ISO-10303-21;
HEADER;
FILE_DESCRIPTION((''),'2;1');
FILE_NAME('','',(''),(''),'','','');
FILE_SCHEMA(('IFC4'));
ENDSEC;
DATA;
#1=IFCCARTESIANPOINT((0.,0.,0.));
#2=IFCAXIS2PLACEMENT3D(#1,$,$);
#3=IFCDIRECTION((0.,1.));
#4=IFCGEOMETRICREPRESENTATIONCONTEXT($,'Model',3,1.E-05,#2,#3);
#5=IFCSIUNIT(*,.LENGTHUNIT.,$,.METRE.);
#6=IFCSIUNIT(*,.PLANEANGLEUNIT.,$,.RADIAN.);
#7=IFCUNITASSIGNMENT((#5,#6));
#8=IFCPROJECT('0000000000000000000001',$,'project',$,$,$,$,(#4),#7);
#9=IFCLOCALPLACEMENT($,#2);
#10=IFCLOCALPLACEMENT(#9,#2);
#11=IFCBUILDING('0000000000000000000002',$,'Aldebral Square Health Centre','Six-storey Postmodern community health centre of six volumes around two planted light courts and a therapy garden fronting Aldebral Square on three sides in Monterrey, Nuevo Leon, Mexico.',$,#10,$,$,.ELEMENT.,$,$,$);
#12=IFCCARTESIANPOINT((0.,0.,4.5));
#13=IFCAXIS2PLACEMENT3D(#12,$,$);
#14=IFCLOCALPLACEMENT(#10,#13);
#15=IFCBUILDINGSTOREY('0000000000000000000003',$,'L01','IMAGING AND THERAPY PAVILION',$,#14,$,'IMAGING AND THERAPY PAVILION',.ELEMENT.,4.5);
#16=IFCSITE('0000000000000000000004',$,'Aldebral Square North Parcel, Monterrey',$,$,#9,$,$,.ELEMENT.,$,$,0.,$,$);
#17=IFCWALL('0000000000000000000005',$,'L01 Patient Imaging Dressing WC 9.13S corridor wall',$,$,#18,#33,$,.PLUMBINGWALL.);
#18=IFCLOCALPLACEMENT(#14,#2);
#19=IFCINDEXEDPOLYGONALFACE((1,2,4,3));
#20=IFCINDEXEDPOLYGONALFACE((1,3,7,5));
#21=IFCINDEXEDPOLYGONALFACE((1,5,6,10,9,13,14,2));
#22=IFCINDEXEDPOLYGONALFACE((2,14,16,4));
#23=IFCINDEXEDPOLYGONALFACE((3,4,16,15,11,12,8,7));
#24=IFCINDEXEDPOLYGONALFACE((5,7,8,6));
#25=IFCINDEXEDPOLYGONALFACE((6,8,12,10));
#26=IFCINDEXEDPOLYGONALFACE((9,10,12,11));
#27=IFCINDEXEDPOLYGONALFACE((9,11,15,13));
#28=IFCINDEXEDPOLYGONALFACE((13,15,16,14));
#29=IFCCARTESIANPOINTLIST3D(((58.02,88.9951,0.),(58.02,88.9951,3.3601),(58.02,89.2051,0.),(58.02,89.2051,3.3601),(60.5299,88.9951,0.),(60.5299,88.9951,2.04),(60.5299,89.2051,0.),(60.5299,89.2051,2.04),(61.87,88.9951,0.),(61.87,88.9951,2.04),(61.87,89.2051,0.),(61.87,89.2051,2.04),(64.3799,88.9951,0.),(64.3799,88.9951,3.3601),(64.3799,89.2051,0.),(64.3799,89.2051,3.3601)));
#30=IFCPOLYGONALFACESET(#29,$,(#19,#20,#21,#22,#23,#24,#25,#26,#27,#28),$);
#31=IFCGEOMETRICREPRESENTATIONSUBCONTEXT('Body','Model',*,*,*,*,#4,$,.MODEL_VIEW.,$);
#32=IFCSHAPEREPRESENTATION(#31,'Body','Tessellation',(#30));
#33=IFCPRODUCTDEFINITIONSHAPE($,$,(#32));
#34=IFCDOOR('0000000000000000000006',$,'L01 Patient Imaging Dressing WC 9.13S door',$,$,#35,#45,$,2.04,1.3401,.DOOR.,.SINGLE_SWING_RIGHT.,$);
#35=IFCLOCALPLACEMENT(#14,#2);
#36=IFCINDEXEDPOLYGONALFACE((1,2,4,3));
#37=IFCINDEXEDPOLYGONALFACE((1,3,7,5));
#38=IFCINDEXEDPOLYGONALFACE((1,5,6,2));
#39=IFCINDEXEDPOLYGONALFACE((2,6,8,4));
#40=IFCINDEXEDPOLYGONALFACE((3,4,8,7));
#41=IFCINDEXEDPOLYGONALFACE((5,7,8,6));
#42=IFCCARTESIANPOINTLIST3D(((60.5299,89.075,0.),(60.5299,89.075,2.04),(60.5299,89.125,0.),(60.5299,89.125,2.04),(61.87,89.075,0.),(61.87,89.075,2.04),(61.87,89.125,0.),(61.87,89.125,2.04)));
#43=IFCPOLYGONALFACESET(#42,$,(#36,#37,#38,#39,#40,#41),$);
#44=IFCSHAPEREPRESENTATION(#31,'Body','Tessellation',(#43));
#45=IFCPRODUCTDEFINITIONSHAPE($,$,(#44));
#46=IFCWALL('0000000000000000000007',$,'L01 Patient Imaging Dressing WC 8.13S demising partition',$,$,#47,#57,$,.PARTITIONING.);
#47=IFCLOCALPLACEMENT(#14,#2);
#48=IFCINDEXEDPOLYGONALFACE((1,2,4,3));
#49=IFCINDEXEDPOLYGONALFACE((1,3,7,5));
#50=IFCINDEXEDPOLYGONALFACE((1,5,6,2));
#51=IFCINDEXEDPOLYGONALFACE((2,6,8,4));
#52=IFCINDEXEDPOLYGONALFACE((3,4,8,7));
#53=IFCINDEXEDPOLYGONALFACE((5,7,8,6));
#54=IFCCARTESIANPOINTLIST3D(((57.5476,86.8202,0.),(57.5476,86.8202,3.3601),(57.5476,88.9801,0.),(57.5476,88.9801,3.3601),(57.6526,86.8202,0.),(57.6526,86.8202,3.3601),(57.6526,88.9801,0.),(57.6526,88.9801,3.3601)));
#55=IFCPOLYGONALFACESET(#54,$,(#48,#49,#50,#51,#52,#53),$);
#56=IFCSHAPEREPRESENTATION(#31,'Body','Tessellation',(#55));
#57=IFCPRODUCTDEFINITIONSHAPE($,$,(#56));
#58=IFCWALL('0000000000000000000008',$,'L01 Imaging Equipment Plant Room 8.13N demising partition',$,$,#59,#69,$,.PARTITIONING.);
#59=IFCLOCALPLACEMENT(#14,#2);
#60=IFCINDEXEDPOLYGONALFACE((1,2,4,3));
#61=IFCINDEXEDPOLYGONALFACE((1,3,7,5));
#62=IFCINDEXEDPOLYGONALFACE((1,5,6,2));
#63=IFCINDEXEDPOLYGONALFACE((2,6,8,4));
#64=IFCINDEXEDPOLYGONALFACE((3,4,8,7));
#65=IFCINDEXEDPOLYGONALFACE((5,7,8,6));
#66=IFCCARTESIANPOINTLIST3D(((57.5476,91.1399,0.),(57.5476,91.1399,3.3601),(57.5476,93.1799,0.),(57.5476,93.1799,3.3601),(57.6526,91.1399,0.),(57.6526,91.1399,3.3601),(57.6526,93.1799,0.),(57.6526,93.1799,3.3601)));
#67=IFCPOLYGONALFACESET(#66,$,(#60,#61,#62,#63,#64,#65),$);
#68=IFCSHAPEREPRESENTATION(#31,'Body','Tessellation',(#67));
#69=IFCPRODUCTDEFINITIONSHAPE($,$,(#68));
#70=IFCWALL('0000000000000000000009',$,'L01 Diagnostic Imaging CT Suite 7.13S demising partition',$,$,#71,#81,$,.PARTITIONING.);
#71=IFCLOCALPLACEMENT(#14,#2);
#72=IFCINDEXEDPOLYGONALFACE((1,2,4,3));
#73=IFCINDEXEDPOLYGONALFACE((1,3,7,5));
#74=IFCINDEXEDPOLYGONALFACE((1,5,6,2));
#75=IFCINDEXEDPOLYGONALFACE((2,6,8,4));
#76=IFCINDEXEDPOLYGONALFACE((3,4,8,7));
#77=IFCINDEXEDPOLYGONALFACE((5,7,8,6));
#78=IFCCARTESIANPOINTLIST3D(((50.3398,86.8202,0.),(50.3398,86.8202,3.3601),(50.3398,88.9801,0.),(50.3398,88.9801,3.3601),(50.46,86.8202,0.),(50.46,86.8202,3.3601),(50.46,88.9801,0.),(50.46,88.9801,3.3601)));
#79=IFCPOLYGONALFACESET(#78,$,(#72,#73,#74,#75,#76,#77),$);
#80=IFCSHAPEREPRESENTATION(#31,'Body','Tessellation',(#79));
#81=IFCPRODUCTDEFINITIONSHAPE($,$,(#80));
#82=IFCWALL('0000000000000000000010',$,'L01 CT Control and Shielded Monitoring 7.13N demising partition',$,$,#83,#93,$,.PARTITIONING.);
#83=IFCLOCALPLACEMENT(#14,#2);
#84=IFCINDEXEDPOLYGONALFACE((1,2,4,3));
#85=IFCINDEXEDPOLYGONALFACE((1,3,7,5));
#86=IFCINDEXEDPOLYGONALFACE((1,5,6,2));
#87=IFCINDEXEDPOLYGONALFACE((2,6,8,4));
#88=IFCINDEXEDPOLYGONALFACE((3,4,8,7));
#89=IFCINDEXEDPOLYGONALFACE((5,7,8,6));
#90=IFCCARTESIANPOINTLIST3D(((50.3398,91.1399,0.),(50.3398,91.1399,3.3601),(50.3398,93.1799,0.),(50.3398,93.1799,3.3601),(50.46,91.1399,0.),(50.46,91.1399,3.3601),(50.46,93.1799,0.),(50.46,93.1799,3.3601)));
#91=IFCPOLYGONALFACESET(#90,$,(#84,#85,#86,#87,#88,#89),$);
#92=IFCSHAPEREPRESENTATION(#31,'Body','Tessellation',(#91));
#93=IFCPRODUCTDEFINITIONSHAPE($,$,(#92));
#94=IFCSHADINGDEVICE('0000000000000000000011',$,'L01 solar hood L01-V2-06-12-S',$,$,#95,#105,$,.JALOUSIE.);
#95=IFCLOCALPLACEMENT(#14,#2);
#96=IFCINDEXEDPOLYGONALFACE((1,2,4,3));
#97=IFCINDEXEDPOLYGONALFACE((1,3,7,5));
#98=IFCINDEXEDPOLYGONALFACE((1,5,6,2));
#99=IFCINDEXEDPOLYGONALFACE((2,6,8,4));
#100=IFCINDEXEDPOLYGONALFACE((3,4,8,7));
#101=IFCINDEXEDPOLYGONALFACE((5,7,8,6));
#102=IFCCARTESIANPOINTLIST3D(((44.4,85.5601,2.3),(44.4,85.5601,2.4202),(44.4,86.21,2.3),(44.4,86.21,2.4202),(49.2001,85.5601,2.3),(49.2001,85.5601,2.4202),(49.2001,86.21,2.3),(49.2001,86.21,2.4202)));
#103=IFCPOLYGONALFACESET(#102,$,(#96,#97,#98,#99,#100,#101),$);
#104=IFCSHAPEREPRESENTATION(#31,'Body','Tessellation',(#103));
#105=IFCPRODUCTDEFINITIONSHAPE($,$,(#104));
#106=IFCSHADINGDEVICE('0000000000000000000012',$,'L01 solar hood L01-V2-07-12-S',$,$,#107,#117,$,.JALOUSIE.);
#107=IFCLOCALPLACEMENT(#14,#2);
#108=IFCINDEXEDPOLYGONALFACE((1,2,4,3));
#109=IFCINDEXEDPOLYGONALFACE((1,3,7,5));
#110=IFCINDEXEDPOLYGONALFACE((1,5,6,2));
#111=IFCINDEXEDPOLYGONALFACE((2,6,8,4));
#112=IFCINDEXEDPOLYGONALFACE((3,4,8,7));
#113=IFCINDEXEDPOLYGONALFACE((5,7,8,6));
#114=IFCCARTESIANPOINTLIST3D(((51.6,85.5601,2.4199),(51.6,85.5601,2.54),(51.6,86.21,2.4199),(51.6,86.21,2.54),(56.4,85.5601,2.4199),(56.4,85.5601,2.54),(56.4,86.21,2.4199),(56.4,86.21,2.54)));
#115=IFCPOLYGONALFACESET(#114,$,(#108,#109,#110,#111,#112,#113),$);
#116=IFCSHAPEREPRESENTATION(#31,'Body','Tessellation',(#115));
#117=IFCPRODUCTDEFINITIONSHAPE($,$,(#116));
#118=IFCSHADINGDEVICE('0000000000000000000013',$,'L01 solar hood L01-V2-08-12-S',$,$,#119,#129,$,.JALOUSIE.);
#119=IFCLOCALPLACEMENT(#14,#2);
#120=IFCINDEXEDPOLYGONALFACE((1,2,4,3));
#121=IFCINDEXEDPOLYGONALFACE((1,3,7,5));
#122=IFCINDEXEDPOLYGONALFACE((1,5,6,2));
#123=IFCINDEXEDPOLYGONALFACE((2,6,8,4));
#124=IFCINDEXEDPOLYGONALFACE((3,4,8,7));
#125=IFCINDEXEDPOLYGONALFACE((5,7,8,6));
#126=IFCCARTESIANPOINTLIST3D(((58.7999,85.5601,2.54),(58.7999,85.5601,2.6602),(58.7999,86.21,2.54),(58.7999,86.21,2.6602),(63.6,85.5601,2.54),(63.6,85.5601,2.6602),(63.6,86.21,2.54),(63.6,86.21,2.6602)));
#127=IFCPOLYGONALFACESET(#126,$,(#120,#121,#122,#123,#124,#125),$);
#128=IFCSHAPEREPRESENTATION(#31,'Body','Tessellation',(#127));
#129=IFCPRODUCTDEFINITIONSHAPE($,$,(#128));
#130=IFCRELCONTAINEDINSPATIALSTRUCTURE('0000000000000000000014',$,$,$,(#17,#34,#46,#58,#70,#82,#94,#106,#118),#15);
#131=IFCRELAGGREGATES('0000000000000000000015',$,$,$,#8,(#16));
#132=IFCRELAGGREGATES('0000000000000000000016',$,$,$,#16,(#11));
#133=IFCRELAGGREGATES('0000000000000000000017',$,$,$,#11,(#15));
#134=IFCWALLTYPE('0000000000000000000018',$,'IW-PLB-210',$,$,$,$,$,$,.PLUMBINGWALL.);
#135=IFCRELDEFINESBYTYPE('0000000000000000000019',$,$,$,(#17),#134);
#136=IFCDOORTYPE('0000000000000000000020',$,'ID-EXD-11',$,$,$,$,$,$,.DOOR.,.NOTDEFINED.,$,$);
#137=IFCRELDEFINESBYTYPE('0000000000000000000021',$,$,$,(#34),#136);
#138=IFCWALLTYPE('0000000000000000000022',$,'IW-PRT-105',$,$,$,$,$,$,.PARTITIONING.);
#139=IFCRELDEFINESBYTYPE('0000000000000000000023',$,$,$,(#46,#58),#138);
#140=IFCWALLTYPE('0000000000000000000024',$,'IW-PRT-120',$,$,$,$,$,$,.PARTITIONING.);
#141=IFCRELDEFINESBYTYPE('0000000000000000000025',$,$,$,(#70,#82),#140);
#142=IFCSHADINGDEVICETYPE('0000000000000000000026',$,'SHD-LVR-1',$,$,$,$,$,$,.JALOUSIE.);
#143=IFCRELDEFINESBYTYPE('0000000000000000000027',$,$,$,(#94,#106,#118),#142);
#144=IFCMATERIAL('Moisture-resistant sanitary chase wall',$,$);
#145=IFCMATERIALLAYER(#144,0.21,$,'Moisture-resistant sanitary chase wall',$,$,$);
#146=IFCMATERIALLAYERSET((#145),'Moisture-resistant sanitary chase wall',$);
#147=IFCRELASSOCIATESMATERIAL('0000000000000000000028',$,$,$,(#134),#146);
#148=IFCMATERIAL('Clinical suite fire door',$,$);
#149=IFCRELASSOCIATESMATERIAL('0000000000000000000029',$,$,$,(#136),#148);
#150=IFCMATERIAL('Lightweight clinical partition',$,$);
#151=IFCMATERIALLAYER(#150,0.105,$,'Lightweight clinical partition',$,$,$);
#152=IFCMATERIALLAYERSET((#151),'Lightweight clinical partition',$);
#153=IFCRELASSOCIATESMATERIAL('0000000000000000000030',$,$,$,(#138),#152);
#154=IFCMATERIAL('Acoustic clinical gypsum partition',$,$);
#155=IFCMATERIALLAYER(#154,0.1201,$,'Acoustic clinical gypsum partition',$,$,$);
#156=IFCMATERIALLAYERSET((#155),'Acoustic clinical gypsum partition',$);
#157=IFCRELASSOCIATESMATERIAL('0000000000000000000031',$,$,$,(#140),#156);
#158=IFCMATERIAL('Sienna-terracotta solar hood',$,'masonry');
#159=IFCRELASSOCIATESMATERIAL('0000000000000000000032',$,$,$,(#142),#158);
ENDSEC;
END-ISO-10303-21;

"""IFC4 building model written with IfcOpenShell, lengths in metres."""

from ifc_helpers import new_model, si_unit, direction, frame, frame_2d, origin, origin_2d, place, context, subcontext, project, spatial, rectangle, extrude, material, layer, layer_set, type_object, element, fill, save


model = new_model("IFC4")

# Units and contexts
model_context = context("Model", 3, precision=1e-05, world=origin(), true_north=direction((0.0, 1.0)))
body_context = subcontext(model_context, "Body", "Model", "MODEL_VIEW")
ifc_project = project(units=[si_unit("LENGTHUNIT", "METRE"), si_unit("PLANEANGLEUNIT", "RADIAN")], contexts=[model_context])

# Site, building, storey
site_placement = place(None, origin())
site = spatial("IfcSite", under=ifc_project, at=site_placement, Name="Aldebral Square North Parcel, Monterrey", CompositionType="ELEMENT", RefElevation=0.0)
building_placement = place(site_placement, origin())
building = spatial("IfcBuilding", under=site, at=building_placement, Name="Aldebral Square Health Centre", Description="Six-storey Postmodern community health centre of six volumes around two planted light courts and a therapy garden fronting Aldebral Square on three sides in Monterrey, Nuevo Leon, Mexico.", CompositionType="ELEMENT")
storey_placement = place(building_placement, frame((0.0, 0.0, 4.5)))
storey = spatial("IfcBuildingStorey", under=building, at=storey_placement, Name="L01", Description="IMAGING AND THERAPY PAVILION", LongName="IMAGING AND THERAPY PAVILION", CompositionType="ELEMENT", Elevation=4.5)

# Wall, opening, door
ifc_material_1 = material(Name="Clinical suite fire door")
ifc_material_2 = material(Name="Moisture-resistant sanitary chase wall")
ifc_layer_1 = layer(ifc_material_2, 0.21, Name="Moisture-resistant sanitary chase wall")
ifc_layer_set_1 = layer_set([ifc_layer_1], Name="Moisture-resistant sanitary chase wall")
wall_type_1 = type_object("IfcWallType", Name="IW-PLB-210", PredefinedType="PLUMBINGWALL", material=ifc_layer_set_1)
wall_1_placement = place(storey_placement, frame((58.02, 89.1001, 0.0), z_axis=(0.0, 0.0, 1.0), x_axis=(1.0, 0.0, 0.0)))
wall_1 = element("IfcWall", 1, at=wall_1_placement, inside=storey, type_object=wall_type_1, Name="L01 Patient Imaging Dressing WC 9.13S corridor wall", PredefinedType="PLUMBINGWALL", context=body_context, shape_type="SweptSolid", body=[
    extrude(rectangle(XDim=6.3599, YDim=0.21, at=frame_2d((3.1799, 0.0))), origin(), (0.0, 0.0, 1.0), 3.3601),
])
opening_1_placement = place(wall_1_placement, frame((2.51, 0.0, 0.0)))
opening_1 = element("IfcOpeningElement", 2, at=opening_1_placement, cuts=wall_1, PredefinedType="OPENING", context=body_context, shape_type="SweptSolid", body=[
    extrude(rectangle(XDim=1.3401, YDim=2.04, at=frame_2d((0.6699, 1.02))), frame((0.0, 0.115, 0.0), z_axis=(0.0, -1.0, 0.0), x_axis=(1.0, 0.0, 0.0)), (0.0, 0.0, 1.0), 0.23),
])
door_type_1 = type_object("IfcDoorType", Name="ID-EXD-11", OperationType="NOTDEFINED", PredefinedType="DOOR", material=ifc_material_1)
door_1_placement = place(opening_1_placement, origin())
door_1 = element("IfcDoor", 3, at=door_1_placement, inside=storey, type_object=door_type_1, Name="L01 Patient Imaging Dressing WC 9.13S door", OperationType="SINGLE_SWING_RIGHT", OverallHeight=2.04, OverallWidth=1.3401, PredefinedType="DOOR", context=body_context, shape_type="SweptSolid", body=[
    extrude(rectangle(XDim=1.3401, YDim=2.04, at=frame_2d((0.6699, 1.02))), frame((0.0, 0.0249, 0.0), z_axis=(0.0, -1.0, 0.0), x_axis=(1.0, 0.0, 0.0)), (0.0, 0.0, 1.0), 0.05),
])
fill(opening_1, door_1)

# Walls
ifc_material_3 = material(Name="Lightweight clinical partition")
ifc_layer_2 = layer(ifc_material_3, 0.105, Name="Lightweight clinical partition")
ifc_layer_set_2 = layer_set([ifc_layer_2], Name="Lightweight clinical partition")
wall_type_2 = type_object("IfcWallType", Name="IW-PRT-105", PredefinedType="PARTITIONING", material=ifc_layer_set_2)
wall_2_placement = place(storey_placement, frame((57.6001, 86.8201, 0.0), z_axis=(0.0, 0.0, 1.0), x_axis=(0.0, 1.0, 0.0)))
element("IfcWall", 4, at=wall_2_placement, inside=storey, type_object=wall_type_2, Name="L01 Patient Imaging Dressing WC 8.13S demising partition", PredefinedType="PARTITIONING", context=body_context, shape_type="SweptSolid", body=[
    extrude(rectangle(XDim=2.1599, YDim=0.105, at=frame_2d((1.0801, 0.0))), origin(), (0.0, 0.0, 1.0), 3.3601),
])
wall_3_placement = place(storey_placement, frame((57.6001, 91.1399, 0.0), z_axis=(0.0, 0.0, 1.0), x_axis=(0.0, 1.0, 0.0)))
element("IfcWall", 5, at=wall_3_placement, inside=storey, type_object=wall_type_2, Name="L01 Imaging Equipment Plant Room 8.13N demising partition", PredefinedType="PARTITIONING", context=body_context, shape_type="SweptSolid", body=[
    extrude(rectangle(XDim=2.04, YDim=0.105, at=frame_2d((1.02, 0.0))), origin(), (0.0, 0.0, 1.0), 3.3601),
])
ifc_material_4 = material(Name="Acoustic clinical gypsum partition")
ifc_layer_3 = layer(ifc_material_4, 0.1201, Name="Acoustic clinical gypsum partition")
ifc_layer_set_3 = layer_set([ifc_layer_3], Name="Acoustic clinical gypsum partition")
wall_type_3 = type_object("IfcWallType", Name="IW-PRT-120", PredefinedType="PARTITIONING", material=ifc_layer_set_3)
wall_4_placement = place(storey_placement, frame((50.3999, 86.8201, 0.0), z_axis=(0.0, 0.0, 1.0), x_axis=(0.0, 1.0, 0.0)))
element("IfcWall", 6, at=wall_4_placement, inside=storey, type_object=wall_type_3, Name="L01 Diagnostic Imaging CT Suite 7.13S demising partition", PredefinedType="PARTITIONING", context=body_context, shape_type="SweptSolid", body=[
    extrude(rectangle(XDim=2.1599, YDim=0.1201, at=frame_2d((1.0801, 0.0))), origin(), (0.0, 0.0, 1.0), 3.3601),
])
wall_5_placement = place(storey_placement, frame((50.3999, 91.1399, 0.0), z_axis=(0.0, 0.0, 1.0), x_axis=(0.0, 1.0, 0.0)))
element("IfcWall", 7, at=wall_5_placement, inside=storey, type_object=wall_type_3, Name="L01 CT Control and Shielded Monitoring 7.13N demising partition", PredefinedType="PARTITIONING", context=body_context, shape_type="SweptSolid", body=[
    extrude(rectangle(XDim=2.04, YDim=0.1201, at=frame_2d((1.02, 0.0))), origin(), (0.0, 0.0, 1.0), 3.3601),
])

# Shading devices
ifc_material_5 = material(Name="Sienna-terracotta solar hood", Category="masonry")
shading_device_type = type_object("IfcShadingDeviceType", Name="SHD-LVR-1", PredefinedType="JALOUSIE", material=ifc_material_5)
for number, where, z_axis, x_axis, name in (
    (8, (46.8, 85.885, 2.3), (0.0, 0.0, 1.0), (1.0, 0.0, 0.0), "L01 solar hood L01-V2-06-12-S"),
    (9, (54.0, 85.885, 2.4199), (0.0, 0.0, 1.0), (1.0, 0.0, 0.0), "L01 solar hood L01-V2-07-12-S"),
    (10, (61.2, 85.885, 2.54), (0.0, 0.0, 1.0), (1.0, 0.0, 0.0), "L01 solar hood L01-V2-08-12-S"),
):
    element("IfcShadingDevice", number, at=place(storey_placement, frame(where, z_axis=z_axis, x_axis=x_axis)), inside=storey, type_object=shading_device_type, Name=name, PredefinedType="JALOUSIE", context=body_context, shape_type="SweptSolid", body=[
        extrude(rectangle(XDim=4.8, YDim=0.6499, at=origin_2d()), origin(), (0.0, 0.0, 1.0), 0.1201),
    ])

save(model, "model.ifc")
